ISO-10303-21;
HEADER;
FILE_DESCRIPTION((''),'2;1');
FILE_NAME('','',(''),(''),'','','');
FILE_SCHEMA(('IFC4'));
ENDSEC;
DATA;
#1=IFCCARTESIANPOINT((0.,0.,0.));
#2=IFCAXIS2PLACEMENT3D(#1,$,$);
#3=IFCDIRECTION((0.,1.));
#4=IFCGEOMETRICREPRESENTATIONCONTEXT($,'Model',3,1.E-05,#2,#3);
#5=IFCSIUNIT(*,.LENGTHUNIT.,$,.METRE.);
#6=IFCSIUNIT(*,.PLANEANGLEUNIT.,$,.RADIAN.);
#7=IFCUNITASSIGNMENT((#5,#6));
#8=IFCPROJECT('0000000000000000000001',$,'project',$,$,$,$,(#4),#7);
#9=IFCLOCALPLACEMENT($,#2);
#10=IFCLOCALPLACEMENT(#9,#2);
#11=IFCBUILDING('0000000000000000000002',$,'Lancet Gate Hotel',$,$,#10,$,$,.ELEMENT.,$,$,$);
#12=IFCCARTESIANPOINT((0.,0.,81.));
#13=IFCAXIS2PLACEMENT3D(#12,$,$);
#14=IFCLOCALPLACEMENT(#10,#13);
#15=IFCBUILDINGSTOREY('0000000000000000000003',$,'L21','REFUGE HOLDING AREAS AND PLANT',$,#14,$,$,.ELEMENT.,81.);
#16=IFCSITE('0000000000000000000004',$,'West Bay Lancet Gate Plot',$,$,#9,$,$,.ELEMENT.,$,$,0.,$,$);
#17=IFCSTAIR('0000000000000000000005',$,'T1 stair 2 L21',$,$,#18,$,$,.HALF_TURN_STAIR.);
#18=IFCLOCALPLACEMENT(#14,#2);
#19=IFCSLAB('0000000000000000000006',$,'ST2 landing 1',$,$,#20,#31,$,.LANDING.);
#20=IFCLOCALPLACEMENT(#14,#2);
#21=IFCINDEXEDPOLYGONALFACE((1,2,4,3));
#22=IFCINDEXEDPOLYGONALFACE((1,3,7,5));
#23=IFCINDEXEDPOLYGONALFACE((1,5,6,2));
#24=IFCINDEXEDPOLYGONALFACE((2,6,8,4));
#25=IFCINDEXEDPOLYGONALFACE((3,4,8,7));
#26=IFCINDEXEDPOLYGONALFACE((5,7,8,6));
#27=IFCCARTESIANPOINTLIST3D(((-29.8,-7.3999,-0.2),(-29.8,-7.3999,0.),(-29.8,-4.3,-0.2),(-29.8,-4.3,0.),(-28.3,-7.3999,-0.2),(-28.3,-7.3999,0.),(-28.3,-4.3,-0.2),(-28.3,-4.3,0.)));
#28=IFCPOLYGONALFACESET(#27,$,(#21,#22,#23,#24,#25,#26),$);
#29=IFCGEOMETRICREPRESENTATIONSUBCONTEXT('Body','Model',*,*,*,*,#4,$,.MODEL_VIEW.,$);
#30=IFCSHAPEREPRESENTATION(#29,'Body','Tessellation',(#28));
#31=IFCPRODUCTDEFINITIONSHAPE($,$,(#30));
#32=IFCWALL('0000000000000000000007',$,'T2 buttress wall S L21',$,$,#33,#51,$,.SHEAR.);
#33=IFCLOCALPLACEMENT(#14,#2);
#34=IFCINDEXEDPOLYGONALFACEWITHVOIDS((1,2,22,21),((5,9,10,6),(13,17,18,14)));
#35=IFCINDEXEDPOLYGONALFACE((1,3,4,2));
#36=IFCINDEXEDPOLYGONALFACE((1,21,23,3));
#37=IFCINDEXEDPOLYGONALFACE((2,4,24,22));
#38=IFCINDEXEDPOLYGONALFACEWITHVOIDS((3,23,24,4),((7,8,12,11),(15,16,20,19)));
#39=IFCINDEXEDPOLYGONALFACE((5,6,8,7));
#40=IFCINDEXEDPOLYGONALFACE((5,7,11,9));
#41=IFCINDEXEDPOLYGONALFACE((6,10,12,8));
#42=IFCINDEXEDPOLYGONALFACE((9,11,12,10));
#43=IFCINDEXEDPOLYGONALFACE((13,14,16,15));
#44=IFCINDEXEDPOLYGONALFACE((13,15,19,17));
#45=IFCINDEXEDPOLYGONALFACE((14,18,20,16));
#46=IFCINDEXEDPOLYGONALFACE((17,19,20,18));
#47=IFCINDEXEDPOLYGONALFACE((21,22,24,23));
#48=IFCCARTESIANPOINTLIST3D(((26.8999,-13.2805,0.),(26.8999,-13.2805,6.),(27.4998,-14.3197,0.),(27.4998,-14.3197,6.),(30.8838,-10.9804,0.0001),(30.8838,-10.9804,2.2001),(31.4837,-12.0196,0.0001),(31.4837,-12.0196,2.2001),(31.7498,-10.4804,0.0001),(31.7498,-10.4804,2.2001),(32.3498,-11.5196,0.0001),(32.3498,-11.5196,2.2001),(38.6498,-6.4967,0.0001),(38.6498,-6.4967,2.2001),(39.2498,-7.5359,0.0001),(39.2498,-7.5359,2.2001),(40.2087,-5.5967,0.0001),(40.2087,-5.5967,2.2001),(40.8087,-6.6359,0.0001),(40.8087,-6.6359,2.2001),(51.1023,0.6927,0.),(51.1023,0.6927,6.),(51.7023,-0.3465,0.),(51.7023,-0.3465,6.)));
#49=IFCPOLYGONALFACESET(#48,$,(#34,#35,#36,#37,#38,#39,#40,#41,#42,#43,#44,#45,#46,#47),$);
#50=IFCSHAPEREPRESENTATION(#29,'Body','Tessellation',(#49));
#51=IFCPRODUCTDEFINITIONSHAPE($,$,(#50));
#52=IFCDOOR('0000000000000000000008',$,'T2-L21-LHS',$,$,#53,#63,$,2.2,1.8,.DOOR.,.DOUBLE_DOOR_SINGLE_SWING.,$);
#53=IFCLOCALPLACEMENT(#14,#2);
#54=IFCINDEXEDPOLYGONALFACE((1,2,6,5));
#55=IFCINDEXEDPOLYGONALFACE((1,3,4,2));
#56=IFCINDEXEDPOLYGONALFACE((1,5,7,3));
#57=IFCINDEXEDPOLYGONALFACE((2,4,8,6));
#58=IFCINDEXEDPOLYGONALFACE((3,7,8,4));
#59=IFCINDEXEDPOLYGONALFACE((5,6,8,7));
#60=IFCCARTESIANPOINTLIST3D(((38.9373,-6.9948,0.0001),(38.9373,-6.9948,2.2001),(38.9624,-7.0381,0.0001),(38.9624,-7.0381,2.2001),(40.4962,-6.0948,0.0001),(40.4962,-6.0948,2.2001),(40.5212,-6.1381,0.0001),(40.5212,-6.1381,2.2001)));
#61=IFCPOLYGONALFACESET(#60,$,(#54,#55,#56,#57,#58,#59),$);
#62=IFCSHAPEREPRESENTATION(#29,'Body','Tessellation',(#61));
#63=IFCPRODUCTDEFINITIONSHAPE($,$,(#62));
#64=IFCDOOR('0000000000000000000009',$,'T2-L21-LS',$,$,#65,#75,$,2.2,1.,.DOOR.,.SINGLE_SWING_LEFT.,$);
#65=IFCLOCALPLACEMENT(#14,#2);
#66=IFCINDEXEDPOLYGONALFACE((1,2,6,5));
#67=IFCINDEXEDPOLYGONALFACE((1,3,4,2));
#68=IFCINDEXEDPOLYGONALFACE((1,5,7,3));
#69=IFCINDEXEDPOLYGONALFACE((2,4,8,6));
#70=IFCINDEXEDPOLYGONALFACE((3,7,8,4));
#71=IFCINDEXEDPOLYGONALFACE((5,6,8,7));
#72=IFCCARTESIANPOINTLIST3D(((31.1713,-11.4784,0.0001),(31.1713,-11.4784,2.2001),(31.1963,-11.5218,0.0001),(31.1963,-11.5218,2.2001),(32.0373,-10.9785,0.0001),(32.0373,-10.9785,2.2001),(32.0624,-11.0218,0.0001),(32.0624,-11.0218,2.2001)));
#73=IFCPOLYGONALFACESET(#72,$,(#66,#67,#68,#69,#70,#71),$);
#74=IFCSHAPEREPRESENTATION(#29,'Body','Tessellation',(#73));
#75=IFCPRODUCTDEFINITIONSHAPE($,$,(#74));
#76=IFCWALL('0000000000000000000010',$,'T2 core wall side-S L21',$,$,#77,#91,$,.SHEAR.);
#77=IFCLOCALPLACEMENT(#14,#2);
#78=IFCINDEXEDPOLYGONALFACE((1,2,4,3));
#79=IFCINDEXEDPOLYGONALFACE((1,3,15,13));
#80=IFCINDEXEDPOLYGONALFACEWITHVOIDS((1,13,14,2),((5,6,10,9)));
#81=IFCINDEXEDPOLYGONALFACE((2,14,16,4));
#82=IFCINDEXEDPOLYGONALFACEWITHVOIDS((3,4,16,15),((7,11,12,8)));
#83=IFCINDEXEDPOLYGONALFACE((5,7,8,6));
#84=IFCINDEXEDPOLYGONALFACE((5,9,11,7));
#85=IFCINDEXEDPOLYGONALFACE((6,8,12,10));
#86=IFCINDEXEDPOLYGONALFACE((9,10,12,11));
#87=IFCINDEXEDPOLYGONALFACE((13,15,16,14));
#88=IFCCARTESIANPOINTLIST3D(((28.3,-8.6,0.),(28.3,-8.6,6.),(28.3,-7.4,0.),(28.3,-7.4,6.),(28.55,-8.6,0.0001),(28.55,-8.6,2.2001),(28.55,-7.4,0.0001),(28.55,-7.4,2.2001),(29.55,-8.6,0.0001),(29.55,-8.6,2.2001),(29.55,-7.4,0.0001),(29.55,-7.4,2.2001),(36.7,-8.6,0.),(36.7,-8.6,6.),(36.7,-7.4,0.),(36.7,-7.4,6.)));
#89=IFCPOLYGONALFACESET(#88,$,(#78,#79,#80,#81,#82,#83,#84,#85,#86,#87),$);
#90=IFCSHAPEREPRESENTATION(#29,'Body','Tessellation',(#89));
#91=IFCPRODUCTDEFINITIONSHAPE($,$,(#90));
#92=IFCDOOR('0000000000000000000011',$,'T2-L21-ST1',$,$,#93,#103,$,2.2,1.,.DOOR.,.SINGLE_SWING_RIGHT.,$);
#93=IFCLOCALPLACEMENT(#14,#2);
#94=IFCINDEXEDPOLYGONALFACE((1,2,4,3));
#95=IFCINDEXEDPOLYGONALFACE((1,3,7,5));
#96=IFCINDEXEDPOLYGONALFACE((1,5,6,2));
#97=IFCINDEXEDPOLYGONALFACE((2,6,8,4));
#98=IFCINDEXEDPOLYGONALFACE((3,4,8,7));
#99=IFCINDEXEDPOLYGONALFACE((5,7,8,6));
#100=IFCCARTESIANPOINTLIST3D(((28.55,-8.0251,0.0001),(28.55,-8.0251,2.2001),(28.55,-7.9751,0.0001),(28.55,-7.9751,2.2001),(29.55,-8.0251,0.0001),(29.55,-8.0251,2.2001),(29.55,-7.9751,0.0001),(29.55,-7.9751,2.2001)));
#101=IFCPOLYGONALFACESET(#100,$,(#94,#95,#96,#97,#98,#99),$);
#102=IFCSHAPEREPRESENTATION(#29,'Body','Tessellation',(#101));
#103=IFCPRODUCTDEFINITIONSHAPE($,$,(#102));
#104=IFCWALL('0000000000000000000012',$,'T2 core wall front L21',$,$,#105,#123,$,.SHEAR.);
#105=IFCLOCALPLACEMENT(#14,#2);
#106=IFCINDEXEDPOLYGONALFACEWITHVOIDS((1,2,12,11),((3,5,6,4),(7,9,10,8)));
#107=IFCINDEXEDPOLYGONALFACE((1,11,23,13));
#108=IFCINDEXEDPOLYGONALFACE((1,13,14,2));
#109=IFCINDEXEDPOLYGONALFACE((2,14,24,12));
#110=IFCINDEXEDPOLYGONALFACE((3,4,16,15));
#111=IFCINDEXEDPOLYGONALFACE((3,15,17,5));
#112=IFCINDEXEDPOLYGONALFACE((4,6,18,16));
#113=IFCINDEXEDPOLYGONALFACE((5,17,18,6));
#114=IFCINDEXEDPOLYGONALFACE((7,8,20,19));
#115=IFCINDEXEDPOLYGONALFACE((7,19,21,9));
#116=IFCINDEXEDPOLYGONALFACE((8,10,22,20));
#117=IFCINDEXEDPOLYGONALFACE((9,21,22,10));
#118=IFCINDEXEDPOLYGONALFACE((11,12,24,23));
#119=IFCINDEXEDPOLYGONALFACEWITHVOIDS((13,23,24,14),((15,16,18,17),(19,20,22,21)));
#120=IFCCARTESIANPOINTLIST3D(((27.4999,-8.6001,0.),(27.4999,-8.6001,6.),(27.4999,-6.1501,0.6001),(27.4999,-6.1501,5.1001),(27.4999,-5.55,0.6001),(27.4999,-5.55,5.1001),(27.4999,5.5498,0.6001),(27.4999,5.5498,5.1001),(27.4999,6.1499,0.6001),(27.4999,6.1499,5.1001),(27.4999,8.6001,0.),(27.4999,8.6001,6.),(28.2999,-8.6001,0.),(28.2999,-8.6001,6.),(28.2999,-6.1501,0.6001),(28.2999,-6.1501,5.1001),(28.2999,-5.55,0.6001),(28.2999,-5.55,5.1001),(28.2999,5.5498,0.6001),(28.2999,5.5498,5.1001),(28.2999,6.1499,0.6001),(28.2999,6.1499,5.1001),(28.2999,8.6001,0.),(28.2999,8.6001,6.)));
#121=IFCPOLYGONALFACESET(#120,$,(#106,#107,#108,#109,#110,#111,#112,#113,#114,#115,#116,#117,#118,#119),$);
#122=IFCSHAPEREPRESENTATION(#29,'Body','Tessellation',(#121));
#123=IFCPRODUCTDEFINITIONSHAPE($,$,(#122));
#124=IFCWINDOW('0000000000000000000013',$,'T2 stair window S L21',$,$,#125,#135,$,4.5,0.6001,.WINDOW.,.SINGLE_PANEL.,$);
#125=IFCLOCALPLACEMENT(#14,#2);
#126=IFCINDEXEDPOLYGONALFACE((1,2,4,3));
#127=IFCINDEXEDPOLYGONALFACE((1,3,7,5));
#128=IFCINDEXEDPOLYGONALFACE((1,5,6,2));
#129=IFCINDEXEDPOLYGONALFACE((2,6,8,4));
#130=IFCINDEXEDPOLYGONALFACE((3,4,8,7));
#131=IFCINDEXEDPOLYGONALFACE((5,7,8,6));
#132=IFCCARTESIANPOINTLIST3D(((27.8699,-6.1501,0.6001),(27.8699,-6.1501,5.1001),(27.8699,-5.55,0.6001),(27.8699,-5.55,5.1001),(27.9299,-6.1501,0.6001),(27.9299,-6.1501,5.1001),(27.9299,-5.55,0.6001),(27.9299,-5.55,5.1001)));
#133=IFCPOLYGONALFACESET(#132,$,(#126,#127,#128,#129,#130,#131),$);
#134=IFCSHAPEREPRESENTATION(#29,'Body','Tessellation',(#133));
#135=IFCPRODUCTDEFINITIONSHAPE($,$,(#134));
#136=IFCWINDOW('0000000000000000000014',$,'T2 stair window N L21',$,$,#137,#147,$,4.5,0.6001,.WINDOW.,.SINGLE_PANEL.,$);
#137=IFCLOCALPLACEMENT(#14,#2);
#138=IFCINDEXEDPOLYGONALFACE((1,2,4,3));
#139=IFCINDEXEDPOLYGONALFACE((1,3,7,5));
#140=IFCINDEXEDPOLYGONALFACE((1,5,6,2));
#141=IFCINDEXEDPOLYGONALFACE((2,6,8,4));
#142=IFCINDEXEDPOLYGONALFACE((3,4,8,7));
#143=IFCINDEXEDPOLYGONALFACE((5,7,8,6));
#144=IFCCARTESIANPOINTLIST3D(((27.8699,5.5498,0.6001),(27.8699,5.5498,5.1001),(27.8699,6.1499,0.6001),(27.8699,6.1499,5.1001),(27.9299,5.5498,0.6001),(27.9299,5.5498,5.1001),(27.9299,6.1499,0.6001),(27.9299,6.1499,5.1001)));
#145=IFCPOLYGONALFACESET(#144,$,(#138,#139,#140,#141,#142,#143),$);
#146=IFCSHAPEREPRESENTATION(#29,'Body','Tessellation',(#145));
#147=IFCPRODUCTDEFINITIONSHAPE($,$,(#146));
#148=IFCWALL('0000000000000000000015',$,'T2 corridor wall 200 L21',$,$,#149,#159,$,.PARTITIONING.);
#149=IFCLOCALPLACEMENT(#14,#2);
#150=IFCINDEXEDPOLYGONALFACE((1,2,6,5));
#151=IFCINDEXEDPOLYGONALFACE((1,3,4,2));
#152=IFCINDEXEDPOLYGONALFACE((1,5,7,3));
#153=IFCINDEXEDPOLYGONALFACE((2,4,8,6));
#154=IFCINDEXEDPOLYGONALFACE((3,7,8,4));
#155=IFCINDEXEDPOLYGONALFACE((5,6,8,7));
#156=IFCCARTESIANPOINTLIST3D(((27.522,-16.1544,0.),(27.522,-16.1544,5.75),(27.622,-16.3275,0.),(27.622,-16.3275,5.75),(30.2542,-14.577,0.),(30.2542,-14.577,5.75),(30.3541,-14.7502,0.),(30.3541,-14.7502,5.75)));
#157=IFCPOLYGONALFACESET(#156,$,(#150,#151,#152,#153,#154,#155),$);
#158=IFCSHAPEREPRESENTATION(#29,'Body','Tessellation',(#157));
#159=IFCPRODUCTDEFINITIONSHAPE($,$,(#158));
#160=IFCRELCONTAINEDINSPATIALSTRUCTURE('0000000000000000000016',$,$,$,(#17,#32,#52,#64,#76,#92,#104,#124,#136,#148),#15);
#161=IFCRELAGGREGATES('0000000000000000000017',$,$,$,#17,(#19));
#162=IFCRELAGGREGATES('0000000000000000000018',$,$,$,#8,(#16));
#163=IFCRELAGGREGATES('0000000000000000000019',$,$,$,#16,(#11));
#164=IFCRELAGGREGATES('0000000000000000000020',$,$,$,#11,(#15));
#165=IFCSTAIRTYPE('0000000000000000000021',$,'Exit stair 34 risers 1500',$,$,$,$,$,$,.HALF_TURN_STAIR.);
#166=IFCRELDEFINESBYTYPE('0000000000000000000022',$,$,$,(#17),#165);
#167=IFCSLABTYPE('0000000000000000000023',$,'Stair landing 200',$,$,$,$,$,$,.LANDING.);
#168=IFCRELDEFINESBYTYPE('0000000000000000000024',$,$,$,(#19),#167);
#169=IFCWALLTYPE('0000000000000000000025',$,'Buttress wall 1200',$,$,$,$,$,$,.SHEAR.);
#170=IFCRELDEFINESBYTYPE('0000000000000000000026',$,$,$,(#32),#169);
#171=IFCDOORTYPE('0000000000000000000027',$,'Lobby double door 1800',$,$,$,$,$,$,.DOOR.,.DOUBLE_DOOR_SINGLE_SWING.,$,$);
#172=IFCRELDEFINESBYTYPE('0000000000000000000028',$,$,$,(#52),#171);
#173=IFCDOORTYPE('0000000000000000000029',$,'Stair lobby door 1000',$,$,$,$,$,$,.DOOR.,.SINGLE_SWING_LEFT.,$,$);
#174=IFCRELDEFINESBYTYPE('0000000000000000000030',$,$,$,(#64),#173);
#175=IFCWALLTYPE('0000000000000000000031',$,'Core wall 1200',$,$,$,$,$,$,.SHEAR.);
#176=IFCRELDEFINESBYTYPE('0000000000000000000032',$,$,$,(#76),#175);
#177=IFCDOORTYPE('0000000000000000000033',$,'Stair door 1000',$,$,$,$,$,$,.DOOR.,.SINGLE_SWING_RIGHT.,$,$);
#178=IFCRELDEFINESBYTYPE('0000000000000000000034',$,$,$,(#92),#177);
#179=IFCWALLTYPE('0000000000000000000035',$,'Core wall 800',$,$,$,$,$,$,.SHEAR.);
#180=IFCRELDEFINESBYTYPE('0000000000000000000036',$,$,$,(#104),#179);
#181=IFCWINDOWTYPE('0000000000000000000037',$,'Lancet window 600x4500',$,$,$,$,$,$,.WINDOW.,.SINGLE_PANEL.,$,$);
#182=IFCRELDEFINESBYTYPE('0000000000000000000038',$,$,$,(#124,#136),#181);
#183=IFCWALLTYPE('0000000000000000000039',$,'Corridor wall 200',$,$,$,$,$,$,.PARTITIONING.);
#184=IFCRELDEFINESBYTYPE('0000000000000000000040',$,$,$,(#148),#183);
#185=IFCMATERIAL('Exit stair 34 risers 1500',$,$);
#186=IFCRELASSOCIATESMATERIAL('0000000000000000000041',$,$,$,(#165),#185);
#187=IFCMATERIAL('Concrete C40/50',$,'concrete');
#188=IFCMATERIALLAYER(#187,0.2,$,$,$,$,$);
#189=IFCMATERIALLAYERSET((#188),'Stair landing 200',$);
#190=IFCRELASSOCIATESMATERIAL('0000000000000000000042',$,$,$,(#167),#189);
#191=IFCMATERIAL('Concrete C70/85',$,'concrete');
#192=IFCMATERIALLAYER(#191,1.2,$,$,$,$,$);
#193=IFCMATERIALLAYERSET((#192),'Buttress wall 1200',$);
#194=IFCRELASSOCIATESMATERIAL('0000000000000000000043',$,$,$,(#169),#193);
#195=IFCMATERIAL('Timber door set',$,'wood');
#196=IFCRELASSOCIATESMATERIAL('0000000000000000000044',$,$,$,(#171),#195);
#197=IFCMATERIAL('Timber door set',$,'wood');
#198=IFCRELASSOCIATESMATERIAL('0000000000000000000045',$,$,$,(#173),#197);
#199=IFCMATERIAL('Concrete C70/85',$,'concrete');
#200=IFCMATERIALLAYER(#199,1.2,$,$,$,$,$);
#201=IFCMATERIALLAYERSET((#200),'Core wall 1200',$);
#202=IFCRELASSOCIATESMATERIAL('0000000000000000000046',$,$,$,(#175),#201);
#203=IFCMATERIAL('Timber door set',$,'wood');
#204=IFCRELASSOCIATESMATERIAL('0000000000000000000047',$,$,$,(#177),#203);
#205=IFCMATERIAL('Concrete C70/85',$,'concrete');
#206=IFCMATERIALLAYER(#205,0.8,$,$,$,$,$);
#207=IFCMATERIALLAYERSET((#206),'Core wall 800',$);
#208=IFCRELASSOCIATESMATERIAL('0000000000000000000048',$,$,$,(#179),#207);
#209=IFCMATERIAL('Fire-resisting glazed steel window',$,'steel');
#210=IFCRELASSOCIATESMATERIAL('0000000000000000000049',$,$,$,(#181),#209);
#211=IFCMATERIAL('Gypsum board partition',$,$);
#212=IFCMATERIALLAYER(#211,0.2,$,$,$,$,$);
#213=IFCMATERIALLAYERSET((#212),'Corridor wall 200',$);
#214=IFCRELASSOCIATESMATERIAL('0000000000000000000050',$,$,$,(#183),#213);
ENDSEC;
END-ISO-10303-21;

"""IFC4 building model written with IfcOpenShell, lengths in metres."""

from ifc_helpers import new_model, si_unit, direction, frame, frame_2d, origin, place, context, subcontext, project, spatial, polyline, rectangle, outline, extrude, material, layer, layer_set, type_object, element, fill, aggregate, save


model = new_model("IFC4")

# Units and contexts
model_context = context("Model", 3, precision=1e-05, world=origin(), true_north=direction((0.0, 1.0)))
body_context = subcontext(model_context, "Body", "Model", "MODEL_VIEW")
ifc_project = project(units=[si_unit("LENGTHUNIT", "METRE"), si_unit("PLANEANGLEUNIT", "RADIAN")], contexts=[model_context])

# Site, building, storey
site_placement = place(None, origin())
site = spatial("IfcSite", under=ifc_project, at=site_placement, Name="West Bay Lancet Gate Plot", CompositionType="ELEMENT", RefElevation=0.0)
building_placement = place(site_placement, origin())
building = spatial("IfcBuilding", under=site, at=building_placement, Name="Lancet Gate Hotel", CompositionType="ELEMENT")
storey_placement = place(building_placement, frame((0.0, 0.0, 81.0)))
storey = spatial("IfcBuildingStorey", under=building, at=storey_placement, Name="L21", Description="REFUGE HOLDING AREAS AND PLANT", CompositionType="ELEMENT", Elevation=81.0)

# Stair, slab
ifc_material_1 = material(Name="Exit stair 34 risers 1500")
stair_type = type_object("IfcStairType", Name="Exit stair 34 risers 1500", PredefinedType="HALF_TURN_STAIR", material=ifc_material_1)
ifc_material_2 = material(Name="Concrete C40/50", Category="concrete")
ifc_layer_1 = layer(ifc_material_2, 0.2)
ifc_layer_set_1 = layer_set([ifc_layer_1], Name="Stair landing 200")
slab_type = type_object("IfcSlabType", Name="Stair landing 200", PredefinedType="LANDING", material=ifc_layer_set_1)
stair_1_placement = place(storey_placement, origin())
stair_1 = element("IfcStair", 1, at=stair_1_placement, inside=storey, type_object=stair_type, Name="T1 stair 2 L21", PredefinedType="HALF_TURN_STAIR")
slab_1_placement = place(storey_placement, frame((0.0, 0.0, -0.2)))
slab_1 = element("IfcSlab", 2, at=slab_1_placement, type_object=slab_type, Name="ST2 landing 1", PredefinedType="LANDING", context=body_context, shape_type="SweptSolid", body=[
    extrude(outline(polyline([(-28.3, -4.3), (-29.8, -4.3), (-29.8, -7.3999), (-28.3, -7.3999), (-28.3, -4.3)])), origin(), (0.0, 0.0, 1.0), 0.2),
])
aggregate(stair_1, [slab_1])

# Wall, openings, doors
ifc_material_3 = material(Name="Concrete C70/85", Category="concrete")
ifc_layer_2 = layer(ifc_material_3, 1.2)
ifc_layer_set_2 = layer_set([ifc_layer_2], Name="Buttress wall 1200")
wall_type_1 = type_object("IfcWallType", Name="Buttress wall 1200", PredefinedType="SHEAR", material=ifc_layer_set_2)
wall_1_placement = place(storey_placement, frame((27.2, -13.8, 0.0), z_axis=(0.0, 0.0, 1.0), x_axis=(0.866027, 0.499997, 0.0)))
wall_1 = element("IfcWall", 3, at=wall_1_placement, inside=storey, type_object=wall_type_1, Name="T2 buttress wall S L21", PredefinedType="SHEAR", context=body_context, shape_type="SweptSolid", body=[
    extrude(rectangle(XDim=27.9465, YDim=1.2, at=frame_2d((13.9731, 0.0))), origin(), (0.0, 0.0, 1.0), 6.0),
])
opening_1_placement = place(wall_1_placement, frame((4.6001, 0.0, 0.0)))
opening_1 = element("IfcOpeningElement", 4, at=opening_1_placement, cuts=wall_1, PredefinedType="OPENING", context=body_context, shape_type="SweptSolid", body=[
    extrude(rectangle(XDim=1.0, YDim=2.2, at=frame_2d((0.5, 1.1001))), frame((0.0, 0.6099, 0.0), z_axis=(0.0, -1.0, 0.0), x_axis=(1.0, 0.0, 0.0)), (0.0, 0.0, 1.0), 1.22),
])
opening_2_placement = place(wall_1_placement, frame((13.5676, 0.0, 0.0)))
opening_2 = element("IfcOpeningElement", 5, at=opening_2_placement, cuts=wall_1, PredefinedType="OPENING", context=body_context, shape_type="SweptSolid", body=[
    extrude(rectangle(XDim=1.8, YDim=2.2, at=frame_2d((0.8999, 1.1001))), frame((0.0, 0.6099, 0.0), z_axis=(0.0, -1.0, 0.0), x_axis=(1.0, 0.0, 0.0)), (0.0, 0.0, 1.0), 1.22),
])
ifc_material_4 = material(Name="Timber door set", Category="wood")
door_type_1 = type_object("IfcDoorType", Name="Lobby double door 1800", OperationType="DOUBLE_DOOR_SINGLE_SWING", PredefinedType="DOOR", material=ifc_material_4)
door_1_placement = place(opening_2_placement, origin())
door_1 = element("IfcDoor", 6, at=door_1_placement, inside=storey, type_object=door_type_1, Name="T2-L21-LHS", OperationType="DOUBLE_DOOR_SINGLE_SWING", OverallHeight=2.2, OverallWidth=1.8, PredefinedType="DOOR", context=body_context, shape_type="SweptSolid", body=[
    extrude(rectangle(XDim=1.8, YDim=2.2, at=frame_2d((0.8999, 1.1001))), frame((0.0, 0.0249, 0.0), z_axis=(0.0, -1.0, 0.0), x_axis=(1.0, 0.0, 0.0)), (0.0, 0.0, 1.0), 0.05),
])
fill(opening_2, door_1)
ifc_material_5 = material(Name="Timber door set", Category="wood")
door_type_2 = type_object("IfcDoorType", Name="Stair lobby door 1000", OperationType="SINGLE_SWING_LEFT", PredefinedType="DOOR", material=ifc_material_5)
door_2_placement = place(opening_1_placement, origin())
door_2 = element("IfcDoor", 7, at=door_2_placement, inside=storey, type_object=door_type_2, Name="T2-L21-LS", OperationType="SINGLE_SWING_LEFT", OverallHeight=2.2, OverallWidth=1.0, PredefinedType="DOOR", context=body_context, shape_type="SweptSolid", body=[
    extrude(rectangle(XDim=1.0, YDim=2.2, at=frame_2d((0.5, 1.1001))), frame((0.0, 0.0249, 0.0), z_axis=(0.0, -1.0, 0.0), x_axis=(1.0, 0.0, 0.0)), (0.0, 0.0, 1.0), 0.05),
])
fill(opening_1, door_2)

# Wall, opening, door
ifc_material_6 = material(Name="Concrete C70/85", Category="concrete")
ifc_layer_3 = layer(ifc_material_6, 1.2)
ifc_layer_set_3 = layer_set([ifc_layer_3], Name="Core wall 1200")
wall_type_2 = type_object("IfcWallType", Name="Core wall 1200", PredefinedType="SHEAR", material=ifc_layer_set_3)
wall_2_placement = place(storey_placement, frame((28.3, -8.0, 0.0), z_axis=(0.0, 0.0, 1.0), x_axis=(1.0, 0.0, 0.0)))
wall_2 = element("IfcWall", 8, at=wall_2_placement, inside=storey, type_object=wall_type_2, Name="T2 core wall side-S L21", PredefinedType="SHEAR", context=body_context, shape_type="SweptSolid", body=[
    extrude(rectangle(XDim=8.3999, YDim=1.2, at=frame_2d((4.2, 0.0))), origin(), (0.0, 0.0, 1.0), 6.0),
])
opening_3_placement = place(wall_2_placement, frame((0.25, 0.0, 0.0)))
opening_3 = element("IfcOpeningElement", 9, at=opening_3_placement, cuts=wall_2, PredefinedType="OPENING", context=body_context, shape_type="SweptSolid", body=[
    extrude(rectangle(XDim=1.0, YDim=2.2, at=frame_2d((0.5, 1.1001))), frame((0.0, 0.6099, 0.0), z_axis=(0.0, -1.0, 0.0), x_axis=(1.0, 0.0, 0.0)), (0.0, 0.0, 1.0), 1.22),
])
ifc_material_7 = material(Name="Timber door set", Category="wood")
door_type_3 = type_object("IfcDoorType", Name="Stair door 1000", OperationType="SINGLE_SWING_RIGHT", PredefinedType="DOOR", material=ifc_material_7)
door_3_placement = place(opening_3_placement, origin())
door_3 = element("IfcDoor", 10, at=door_3_placement, inside=storey, type_object=door_type_3, Name="T2-L21-ST1", OperationType="SINGLE_SWING_RIGHT", OverallHeight=2.2, OverallWidth=1.0, PredefinedType="DOOR", context=body_context, shape_type="SweptSolid", body=[
    extrude(rectangle(XDim=1.0, YDim=2.2, at=frame_2d((0.5, 1.1001))), frame((0.0, 0.0249, 0.0), z_axis=(0.0, -1.0, 0.0), x_axis=(1.0, 0.0, 0.0)), (0.0, 0.0, 1.0), 0.05),
])
fill(opening_3, door_3)

# Wall, openings, windows
ifc_material_8 = material(Name="Concrete C70/85", Category="concrete")
ifc_layer_4 = layer(ifc_material_8, 0.8)
ifc_layer_set_4 = layer_set([ifc_layer_4], Name="Core wall 800")
wall_type_3 = type_object("IfcWallType", Name="Core wall 800", PredefinedType="SHEAR", material=ifc_layer_set_4)
wall_3_placement = place(storey_placement, frame((27.8999, -8.6001, 0.0), z_axis=(0.0, 0.0, 1.0), x_axis=(0.0, 1.0, 0.0)))
wall_3 = element("IfcWall", 11, at=wall_3_placement, inside=storey, type_object=wall_type_3, Name="T2 core wall front L21", PredefinedType="SHEAR", context=body_context, shape_type="SweptSolid", body=[
    extrude(rectangle(XDim=17.2002, YDim=0.8, at=frame_2d((8.6001, 0.0))), origin(), (0.0, 0.0, 1.0), 6.0),
])
opening_4_placement = place(wall_3_placement, frame((2.45, 0.0, 0.6001)))
opening_4 = element("IfcOpeningElement", 12, at=opening_4_placement, cuts=wall_3, PredefinedType="OPENING", context=body_context, shape_type="SweptSolid", body=[
    extrude(rectangle(XDim=0.6001, YDim=4.5, at=frame_2d((0.3, 2.25))), frame((0.0, 0.4099, 0.0), z_axis=(0.0, -1.0, 0.0), x_axis=(1.0, 0.0, 0.0)), (0.0, 0.0, 1.0), 0.8201),
])
opening_5_placement = place(wall_3_placement, frame((14.1499, 0.0, 0.6001)))
opening_5 = element("IfcOpeningElement", 13, at=opening_5_placement, cuts=wall_3, PredefinedType="OPENING", context=body_context, shape_type="SweptSolid", body=[
    extrude(rectangle(XDim=0.6001, YDim=4.5, at=frame_2d((0.3, 2.25))), frame((0.0, 0.4099, 0.0), z_axis=(0.0, -1.0, 0.0), x_axis=(1.0, 0.0, 0.0)), (0.0, 0.0, 1.0), 0.8201),
])
ifc_material_9 = material(Name="Fire-resisting glazed steel window", Category="steel")
window_type = type_object("IfcWindowType", Name="Lancet window 600x4500", PartitioningType="SINGLE_PANEL", PredefinedType="WINDOW", material=ifc_material_9)
window_1_placement = place(opening_4_placement, origin())
window_1 = element("IfcWindow", 14, at=window_1_placement, inside=storey, type_object=window_type, Name="T2 stair window S L21", OverallHeight=4.5, OverallWidth=0.6001, PartitioningType="SINGLE_PANEL", PredefinedType="WINDOW", context=body_context, shape_type="SweptSolid", body=[
    extrude(rectangle(XDim=0.6001, YDim=4.5, at=frame_2d((0.3, 2.25))), frame((0.0, 0.03, 0.0), z_axis=(0.0, -1.0, 0.0), x_axis=(1.0, 0.0, 0.0)), (0.0, 0.0, 1.0), 0.0601),
])
fill(opening_4, window_1)
window_2_placement = place(opening_5_placement, origin())
window_2 = element("IfcWindow", 15, at=window_2_placement, inside=storey, type_object=window_type, Name="T2 stair window N L21", OverallHeight=4.5, OverallWidth=0.6001, PartitioningType="SINGLE_PANEL", PredefinedType="WINDOW", context=body_context, shape_type="SweptSolid", body=[
    extrude(rectangle(XDim=0.6001, YDim=4.5, at=frame_2d((0.3, 2.25))), frame((0.0, 0.03, 0.0), z_axis=(0.0, -1.0, 0.0), x_axis=(1.0, 0.0, 0.0)), (0.0, 0.0, 1.0), 0.0601),
])
fill(opening_5, window_2)

# Wall
ifc_material_10 = material(Name="Gypsum board partition")
ifc_layer_5 = layer(ifc_material_10, 0.2)
ifc_layer_set_5 = layer_set([ifc_layer_5], Name="Corridor wall 200")
wall_type_4 = type_object("IfcWallType", Name="Corridor wall 200", PredefinedType="PARTITIONING", material=ifc_layer_set_5)
wall_4_placement = place(storey_placement, frame((27.572, -16.241, 0.0), z_axis=(0.0, 0.0, 1.0), x_axis=(0.86603, 0.499993, 0.0)))
element("IfcWall", 16, at=wall_4_placement, inside=storey, type_object=wall_type_4, Name="T2 corridor wall 200 L21", PredefinedType="PARTITIONING", context=body_context, shape_type="SweptSolid", body=[
    extrude(rectangle(XDim=3.1548, YDim=0.2, at=frame_2d((1.5774, 0.0))), origin(), (0.0, 0.0, 1.0), 5.75),
])

save(model, "model.ifc")
